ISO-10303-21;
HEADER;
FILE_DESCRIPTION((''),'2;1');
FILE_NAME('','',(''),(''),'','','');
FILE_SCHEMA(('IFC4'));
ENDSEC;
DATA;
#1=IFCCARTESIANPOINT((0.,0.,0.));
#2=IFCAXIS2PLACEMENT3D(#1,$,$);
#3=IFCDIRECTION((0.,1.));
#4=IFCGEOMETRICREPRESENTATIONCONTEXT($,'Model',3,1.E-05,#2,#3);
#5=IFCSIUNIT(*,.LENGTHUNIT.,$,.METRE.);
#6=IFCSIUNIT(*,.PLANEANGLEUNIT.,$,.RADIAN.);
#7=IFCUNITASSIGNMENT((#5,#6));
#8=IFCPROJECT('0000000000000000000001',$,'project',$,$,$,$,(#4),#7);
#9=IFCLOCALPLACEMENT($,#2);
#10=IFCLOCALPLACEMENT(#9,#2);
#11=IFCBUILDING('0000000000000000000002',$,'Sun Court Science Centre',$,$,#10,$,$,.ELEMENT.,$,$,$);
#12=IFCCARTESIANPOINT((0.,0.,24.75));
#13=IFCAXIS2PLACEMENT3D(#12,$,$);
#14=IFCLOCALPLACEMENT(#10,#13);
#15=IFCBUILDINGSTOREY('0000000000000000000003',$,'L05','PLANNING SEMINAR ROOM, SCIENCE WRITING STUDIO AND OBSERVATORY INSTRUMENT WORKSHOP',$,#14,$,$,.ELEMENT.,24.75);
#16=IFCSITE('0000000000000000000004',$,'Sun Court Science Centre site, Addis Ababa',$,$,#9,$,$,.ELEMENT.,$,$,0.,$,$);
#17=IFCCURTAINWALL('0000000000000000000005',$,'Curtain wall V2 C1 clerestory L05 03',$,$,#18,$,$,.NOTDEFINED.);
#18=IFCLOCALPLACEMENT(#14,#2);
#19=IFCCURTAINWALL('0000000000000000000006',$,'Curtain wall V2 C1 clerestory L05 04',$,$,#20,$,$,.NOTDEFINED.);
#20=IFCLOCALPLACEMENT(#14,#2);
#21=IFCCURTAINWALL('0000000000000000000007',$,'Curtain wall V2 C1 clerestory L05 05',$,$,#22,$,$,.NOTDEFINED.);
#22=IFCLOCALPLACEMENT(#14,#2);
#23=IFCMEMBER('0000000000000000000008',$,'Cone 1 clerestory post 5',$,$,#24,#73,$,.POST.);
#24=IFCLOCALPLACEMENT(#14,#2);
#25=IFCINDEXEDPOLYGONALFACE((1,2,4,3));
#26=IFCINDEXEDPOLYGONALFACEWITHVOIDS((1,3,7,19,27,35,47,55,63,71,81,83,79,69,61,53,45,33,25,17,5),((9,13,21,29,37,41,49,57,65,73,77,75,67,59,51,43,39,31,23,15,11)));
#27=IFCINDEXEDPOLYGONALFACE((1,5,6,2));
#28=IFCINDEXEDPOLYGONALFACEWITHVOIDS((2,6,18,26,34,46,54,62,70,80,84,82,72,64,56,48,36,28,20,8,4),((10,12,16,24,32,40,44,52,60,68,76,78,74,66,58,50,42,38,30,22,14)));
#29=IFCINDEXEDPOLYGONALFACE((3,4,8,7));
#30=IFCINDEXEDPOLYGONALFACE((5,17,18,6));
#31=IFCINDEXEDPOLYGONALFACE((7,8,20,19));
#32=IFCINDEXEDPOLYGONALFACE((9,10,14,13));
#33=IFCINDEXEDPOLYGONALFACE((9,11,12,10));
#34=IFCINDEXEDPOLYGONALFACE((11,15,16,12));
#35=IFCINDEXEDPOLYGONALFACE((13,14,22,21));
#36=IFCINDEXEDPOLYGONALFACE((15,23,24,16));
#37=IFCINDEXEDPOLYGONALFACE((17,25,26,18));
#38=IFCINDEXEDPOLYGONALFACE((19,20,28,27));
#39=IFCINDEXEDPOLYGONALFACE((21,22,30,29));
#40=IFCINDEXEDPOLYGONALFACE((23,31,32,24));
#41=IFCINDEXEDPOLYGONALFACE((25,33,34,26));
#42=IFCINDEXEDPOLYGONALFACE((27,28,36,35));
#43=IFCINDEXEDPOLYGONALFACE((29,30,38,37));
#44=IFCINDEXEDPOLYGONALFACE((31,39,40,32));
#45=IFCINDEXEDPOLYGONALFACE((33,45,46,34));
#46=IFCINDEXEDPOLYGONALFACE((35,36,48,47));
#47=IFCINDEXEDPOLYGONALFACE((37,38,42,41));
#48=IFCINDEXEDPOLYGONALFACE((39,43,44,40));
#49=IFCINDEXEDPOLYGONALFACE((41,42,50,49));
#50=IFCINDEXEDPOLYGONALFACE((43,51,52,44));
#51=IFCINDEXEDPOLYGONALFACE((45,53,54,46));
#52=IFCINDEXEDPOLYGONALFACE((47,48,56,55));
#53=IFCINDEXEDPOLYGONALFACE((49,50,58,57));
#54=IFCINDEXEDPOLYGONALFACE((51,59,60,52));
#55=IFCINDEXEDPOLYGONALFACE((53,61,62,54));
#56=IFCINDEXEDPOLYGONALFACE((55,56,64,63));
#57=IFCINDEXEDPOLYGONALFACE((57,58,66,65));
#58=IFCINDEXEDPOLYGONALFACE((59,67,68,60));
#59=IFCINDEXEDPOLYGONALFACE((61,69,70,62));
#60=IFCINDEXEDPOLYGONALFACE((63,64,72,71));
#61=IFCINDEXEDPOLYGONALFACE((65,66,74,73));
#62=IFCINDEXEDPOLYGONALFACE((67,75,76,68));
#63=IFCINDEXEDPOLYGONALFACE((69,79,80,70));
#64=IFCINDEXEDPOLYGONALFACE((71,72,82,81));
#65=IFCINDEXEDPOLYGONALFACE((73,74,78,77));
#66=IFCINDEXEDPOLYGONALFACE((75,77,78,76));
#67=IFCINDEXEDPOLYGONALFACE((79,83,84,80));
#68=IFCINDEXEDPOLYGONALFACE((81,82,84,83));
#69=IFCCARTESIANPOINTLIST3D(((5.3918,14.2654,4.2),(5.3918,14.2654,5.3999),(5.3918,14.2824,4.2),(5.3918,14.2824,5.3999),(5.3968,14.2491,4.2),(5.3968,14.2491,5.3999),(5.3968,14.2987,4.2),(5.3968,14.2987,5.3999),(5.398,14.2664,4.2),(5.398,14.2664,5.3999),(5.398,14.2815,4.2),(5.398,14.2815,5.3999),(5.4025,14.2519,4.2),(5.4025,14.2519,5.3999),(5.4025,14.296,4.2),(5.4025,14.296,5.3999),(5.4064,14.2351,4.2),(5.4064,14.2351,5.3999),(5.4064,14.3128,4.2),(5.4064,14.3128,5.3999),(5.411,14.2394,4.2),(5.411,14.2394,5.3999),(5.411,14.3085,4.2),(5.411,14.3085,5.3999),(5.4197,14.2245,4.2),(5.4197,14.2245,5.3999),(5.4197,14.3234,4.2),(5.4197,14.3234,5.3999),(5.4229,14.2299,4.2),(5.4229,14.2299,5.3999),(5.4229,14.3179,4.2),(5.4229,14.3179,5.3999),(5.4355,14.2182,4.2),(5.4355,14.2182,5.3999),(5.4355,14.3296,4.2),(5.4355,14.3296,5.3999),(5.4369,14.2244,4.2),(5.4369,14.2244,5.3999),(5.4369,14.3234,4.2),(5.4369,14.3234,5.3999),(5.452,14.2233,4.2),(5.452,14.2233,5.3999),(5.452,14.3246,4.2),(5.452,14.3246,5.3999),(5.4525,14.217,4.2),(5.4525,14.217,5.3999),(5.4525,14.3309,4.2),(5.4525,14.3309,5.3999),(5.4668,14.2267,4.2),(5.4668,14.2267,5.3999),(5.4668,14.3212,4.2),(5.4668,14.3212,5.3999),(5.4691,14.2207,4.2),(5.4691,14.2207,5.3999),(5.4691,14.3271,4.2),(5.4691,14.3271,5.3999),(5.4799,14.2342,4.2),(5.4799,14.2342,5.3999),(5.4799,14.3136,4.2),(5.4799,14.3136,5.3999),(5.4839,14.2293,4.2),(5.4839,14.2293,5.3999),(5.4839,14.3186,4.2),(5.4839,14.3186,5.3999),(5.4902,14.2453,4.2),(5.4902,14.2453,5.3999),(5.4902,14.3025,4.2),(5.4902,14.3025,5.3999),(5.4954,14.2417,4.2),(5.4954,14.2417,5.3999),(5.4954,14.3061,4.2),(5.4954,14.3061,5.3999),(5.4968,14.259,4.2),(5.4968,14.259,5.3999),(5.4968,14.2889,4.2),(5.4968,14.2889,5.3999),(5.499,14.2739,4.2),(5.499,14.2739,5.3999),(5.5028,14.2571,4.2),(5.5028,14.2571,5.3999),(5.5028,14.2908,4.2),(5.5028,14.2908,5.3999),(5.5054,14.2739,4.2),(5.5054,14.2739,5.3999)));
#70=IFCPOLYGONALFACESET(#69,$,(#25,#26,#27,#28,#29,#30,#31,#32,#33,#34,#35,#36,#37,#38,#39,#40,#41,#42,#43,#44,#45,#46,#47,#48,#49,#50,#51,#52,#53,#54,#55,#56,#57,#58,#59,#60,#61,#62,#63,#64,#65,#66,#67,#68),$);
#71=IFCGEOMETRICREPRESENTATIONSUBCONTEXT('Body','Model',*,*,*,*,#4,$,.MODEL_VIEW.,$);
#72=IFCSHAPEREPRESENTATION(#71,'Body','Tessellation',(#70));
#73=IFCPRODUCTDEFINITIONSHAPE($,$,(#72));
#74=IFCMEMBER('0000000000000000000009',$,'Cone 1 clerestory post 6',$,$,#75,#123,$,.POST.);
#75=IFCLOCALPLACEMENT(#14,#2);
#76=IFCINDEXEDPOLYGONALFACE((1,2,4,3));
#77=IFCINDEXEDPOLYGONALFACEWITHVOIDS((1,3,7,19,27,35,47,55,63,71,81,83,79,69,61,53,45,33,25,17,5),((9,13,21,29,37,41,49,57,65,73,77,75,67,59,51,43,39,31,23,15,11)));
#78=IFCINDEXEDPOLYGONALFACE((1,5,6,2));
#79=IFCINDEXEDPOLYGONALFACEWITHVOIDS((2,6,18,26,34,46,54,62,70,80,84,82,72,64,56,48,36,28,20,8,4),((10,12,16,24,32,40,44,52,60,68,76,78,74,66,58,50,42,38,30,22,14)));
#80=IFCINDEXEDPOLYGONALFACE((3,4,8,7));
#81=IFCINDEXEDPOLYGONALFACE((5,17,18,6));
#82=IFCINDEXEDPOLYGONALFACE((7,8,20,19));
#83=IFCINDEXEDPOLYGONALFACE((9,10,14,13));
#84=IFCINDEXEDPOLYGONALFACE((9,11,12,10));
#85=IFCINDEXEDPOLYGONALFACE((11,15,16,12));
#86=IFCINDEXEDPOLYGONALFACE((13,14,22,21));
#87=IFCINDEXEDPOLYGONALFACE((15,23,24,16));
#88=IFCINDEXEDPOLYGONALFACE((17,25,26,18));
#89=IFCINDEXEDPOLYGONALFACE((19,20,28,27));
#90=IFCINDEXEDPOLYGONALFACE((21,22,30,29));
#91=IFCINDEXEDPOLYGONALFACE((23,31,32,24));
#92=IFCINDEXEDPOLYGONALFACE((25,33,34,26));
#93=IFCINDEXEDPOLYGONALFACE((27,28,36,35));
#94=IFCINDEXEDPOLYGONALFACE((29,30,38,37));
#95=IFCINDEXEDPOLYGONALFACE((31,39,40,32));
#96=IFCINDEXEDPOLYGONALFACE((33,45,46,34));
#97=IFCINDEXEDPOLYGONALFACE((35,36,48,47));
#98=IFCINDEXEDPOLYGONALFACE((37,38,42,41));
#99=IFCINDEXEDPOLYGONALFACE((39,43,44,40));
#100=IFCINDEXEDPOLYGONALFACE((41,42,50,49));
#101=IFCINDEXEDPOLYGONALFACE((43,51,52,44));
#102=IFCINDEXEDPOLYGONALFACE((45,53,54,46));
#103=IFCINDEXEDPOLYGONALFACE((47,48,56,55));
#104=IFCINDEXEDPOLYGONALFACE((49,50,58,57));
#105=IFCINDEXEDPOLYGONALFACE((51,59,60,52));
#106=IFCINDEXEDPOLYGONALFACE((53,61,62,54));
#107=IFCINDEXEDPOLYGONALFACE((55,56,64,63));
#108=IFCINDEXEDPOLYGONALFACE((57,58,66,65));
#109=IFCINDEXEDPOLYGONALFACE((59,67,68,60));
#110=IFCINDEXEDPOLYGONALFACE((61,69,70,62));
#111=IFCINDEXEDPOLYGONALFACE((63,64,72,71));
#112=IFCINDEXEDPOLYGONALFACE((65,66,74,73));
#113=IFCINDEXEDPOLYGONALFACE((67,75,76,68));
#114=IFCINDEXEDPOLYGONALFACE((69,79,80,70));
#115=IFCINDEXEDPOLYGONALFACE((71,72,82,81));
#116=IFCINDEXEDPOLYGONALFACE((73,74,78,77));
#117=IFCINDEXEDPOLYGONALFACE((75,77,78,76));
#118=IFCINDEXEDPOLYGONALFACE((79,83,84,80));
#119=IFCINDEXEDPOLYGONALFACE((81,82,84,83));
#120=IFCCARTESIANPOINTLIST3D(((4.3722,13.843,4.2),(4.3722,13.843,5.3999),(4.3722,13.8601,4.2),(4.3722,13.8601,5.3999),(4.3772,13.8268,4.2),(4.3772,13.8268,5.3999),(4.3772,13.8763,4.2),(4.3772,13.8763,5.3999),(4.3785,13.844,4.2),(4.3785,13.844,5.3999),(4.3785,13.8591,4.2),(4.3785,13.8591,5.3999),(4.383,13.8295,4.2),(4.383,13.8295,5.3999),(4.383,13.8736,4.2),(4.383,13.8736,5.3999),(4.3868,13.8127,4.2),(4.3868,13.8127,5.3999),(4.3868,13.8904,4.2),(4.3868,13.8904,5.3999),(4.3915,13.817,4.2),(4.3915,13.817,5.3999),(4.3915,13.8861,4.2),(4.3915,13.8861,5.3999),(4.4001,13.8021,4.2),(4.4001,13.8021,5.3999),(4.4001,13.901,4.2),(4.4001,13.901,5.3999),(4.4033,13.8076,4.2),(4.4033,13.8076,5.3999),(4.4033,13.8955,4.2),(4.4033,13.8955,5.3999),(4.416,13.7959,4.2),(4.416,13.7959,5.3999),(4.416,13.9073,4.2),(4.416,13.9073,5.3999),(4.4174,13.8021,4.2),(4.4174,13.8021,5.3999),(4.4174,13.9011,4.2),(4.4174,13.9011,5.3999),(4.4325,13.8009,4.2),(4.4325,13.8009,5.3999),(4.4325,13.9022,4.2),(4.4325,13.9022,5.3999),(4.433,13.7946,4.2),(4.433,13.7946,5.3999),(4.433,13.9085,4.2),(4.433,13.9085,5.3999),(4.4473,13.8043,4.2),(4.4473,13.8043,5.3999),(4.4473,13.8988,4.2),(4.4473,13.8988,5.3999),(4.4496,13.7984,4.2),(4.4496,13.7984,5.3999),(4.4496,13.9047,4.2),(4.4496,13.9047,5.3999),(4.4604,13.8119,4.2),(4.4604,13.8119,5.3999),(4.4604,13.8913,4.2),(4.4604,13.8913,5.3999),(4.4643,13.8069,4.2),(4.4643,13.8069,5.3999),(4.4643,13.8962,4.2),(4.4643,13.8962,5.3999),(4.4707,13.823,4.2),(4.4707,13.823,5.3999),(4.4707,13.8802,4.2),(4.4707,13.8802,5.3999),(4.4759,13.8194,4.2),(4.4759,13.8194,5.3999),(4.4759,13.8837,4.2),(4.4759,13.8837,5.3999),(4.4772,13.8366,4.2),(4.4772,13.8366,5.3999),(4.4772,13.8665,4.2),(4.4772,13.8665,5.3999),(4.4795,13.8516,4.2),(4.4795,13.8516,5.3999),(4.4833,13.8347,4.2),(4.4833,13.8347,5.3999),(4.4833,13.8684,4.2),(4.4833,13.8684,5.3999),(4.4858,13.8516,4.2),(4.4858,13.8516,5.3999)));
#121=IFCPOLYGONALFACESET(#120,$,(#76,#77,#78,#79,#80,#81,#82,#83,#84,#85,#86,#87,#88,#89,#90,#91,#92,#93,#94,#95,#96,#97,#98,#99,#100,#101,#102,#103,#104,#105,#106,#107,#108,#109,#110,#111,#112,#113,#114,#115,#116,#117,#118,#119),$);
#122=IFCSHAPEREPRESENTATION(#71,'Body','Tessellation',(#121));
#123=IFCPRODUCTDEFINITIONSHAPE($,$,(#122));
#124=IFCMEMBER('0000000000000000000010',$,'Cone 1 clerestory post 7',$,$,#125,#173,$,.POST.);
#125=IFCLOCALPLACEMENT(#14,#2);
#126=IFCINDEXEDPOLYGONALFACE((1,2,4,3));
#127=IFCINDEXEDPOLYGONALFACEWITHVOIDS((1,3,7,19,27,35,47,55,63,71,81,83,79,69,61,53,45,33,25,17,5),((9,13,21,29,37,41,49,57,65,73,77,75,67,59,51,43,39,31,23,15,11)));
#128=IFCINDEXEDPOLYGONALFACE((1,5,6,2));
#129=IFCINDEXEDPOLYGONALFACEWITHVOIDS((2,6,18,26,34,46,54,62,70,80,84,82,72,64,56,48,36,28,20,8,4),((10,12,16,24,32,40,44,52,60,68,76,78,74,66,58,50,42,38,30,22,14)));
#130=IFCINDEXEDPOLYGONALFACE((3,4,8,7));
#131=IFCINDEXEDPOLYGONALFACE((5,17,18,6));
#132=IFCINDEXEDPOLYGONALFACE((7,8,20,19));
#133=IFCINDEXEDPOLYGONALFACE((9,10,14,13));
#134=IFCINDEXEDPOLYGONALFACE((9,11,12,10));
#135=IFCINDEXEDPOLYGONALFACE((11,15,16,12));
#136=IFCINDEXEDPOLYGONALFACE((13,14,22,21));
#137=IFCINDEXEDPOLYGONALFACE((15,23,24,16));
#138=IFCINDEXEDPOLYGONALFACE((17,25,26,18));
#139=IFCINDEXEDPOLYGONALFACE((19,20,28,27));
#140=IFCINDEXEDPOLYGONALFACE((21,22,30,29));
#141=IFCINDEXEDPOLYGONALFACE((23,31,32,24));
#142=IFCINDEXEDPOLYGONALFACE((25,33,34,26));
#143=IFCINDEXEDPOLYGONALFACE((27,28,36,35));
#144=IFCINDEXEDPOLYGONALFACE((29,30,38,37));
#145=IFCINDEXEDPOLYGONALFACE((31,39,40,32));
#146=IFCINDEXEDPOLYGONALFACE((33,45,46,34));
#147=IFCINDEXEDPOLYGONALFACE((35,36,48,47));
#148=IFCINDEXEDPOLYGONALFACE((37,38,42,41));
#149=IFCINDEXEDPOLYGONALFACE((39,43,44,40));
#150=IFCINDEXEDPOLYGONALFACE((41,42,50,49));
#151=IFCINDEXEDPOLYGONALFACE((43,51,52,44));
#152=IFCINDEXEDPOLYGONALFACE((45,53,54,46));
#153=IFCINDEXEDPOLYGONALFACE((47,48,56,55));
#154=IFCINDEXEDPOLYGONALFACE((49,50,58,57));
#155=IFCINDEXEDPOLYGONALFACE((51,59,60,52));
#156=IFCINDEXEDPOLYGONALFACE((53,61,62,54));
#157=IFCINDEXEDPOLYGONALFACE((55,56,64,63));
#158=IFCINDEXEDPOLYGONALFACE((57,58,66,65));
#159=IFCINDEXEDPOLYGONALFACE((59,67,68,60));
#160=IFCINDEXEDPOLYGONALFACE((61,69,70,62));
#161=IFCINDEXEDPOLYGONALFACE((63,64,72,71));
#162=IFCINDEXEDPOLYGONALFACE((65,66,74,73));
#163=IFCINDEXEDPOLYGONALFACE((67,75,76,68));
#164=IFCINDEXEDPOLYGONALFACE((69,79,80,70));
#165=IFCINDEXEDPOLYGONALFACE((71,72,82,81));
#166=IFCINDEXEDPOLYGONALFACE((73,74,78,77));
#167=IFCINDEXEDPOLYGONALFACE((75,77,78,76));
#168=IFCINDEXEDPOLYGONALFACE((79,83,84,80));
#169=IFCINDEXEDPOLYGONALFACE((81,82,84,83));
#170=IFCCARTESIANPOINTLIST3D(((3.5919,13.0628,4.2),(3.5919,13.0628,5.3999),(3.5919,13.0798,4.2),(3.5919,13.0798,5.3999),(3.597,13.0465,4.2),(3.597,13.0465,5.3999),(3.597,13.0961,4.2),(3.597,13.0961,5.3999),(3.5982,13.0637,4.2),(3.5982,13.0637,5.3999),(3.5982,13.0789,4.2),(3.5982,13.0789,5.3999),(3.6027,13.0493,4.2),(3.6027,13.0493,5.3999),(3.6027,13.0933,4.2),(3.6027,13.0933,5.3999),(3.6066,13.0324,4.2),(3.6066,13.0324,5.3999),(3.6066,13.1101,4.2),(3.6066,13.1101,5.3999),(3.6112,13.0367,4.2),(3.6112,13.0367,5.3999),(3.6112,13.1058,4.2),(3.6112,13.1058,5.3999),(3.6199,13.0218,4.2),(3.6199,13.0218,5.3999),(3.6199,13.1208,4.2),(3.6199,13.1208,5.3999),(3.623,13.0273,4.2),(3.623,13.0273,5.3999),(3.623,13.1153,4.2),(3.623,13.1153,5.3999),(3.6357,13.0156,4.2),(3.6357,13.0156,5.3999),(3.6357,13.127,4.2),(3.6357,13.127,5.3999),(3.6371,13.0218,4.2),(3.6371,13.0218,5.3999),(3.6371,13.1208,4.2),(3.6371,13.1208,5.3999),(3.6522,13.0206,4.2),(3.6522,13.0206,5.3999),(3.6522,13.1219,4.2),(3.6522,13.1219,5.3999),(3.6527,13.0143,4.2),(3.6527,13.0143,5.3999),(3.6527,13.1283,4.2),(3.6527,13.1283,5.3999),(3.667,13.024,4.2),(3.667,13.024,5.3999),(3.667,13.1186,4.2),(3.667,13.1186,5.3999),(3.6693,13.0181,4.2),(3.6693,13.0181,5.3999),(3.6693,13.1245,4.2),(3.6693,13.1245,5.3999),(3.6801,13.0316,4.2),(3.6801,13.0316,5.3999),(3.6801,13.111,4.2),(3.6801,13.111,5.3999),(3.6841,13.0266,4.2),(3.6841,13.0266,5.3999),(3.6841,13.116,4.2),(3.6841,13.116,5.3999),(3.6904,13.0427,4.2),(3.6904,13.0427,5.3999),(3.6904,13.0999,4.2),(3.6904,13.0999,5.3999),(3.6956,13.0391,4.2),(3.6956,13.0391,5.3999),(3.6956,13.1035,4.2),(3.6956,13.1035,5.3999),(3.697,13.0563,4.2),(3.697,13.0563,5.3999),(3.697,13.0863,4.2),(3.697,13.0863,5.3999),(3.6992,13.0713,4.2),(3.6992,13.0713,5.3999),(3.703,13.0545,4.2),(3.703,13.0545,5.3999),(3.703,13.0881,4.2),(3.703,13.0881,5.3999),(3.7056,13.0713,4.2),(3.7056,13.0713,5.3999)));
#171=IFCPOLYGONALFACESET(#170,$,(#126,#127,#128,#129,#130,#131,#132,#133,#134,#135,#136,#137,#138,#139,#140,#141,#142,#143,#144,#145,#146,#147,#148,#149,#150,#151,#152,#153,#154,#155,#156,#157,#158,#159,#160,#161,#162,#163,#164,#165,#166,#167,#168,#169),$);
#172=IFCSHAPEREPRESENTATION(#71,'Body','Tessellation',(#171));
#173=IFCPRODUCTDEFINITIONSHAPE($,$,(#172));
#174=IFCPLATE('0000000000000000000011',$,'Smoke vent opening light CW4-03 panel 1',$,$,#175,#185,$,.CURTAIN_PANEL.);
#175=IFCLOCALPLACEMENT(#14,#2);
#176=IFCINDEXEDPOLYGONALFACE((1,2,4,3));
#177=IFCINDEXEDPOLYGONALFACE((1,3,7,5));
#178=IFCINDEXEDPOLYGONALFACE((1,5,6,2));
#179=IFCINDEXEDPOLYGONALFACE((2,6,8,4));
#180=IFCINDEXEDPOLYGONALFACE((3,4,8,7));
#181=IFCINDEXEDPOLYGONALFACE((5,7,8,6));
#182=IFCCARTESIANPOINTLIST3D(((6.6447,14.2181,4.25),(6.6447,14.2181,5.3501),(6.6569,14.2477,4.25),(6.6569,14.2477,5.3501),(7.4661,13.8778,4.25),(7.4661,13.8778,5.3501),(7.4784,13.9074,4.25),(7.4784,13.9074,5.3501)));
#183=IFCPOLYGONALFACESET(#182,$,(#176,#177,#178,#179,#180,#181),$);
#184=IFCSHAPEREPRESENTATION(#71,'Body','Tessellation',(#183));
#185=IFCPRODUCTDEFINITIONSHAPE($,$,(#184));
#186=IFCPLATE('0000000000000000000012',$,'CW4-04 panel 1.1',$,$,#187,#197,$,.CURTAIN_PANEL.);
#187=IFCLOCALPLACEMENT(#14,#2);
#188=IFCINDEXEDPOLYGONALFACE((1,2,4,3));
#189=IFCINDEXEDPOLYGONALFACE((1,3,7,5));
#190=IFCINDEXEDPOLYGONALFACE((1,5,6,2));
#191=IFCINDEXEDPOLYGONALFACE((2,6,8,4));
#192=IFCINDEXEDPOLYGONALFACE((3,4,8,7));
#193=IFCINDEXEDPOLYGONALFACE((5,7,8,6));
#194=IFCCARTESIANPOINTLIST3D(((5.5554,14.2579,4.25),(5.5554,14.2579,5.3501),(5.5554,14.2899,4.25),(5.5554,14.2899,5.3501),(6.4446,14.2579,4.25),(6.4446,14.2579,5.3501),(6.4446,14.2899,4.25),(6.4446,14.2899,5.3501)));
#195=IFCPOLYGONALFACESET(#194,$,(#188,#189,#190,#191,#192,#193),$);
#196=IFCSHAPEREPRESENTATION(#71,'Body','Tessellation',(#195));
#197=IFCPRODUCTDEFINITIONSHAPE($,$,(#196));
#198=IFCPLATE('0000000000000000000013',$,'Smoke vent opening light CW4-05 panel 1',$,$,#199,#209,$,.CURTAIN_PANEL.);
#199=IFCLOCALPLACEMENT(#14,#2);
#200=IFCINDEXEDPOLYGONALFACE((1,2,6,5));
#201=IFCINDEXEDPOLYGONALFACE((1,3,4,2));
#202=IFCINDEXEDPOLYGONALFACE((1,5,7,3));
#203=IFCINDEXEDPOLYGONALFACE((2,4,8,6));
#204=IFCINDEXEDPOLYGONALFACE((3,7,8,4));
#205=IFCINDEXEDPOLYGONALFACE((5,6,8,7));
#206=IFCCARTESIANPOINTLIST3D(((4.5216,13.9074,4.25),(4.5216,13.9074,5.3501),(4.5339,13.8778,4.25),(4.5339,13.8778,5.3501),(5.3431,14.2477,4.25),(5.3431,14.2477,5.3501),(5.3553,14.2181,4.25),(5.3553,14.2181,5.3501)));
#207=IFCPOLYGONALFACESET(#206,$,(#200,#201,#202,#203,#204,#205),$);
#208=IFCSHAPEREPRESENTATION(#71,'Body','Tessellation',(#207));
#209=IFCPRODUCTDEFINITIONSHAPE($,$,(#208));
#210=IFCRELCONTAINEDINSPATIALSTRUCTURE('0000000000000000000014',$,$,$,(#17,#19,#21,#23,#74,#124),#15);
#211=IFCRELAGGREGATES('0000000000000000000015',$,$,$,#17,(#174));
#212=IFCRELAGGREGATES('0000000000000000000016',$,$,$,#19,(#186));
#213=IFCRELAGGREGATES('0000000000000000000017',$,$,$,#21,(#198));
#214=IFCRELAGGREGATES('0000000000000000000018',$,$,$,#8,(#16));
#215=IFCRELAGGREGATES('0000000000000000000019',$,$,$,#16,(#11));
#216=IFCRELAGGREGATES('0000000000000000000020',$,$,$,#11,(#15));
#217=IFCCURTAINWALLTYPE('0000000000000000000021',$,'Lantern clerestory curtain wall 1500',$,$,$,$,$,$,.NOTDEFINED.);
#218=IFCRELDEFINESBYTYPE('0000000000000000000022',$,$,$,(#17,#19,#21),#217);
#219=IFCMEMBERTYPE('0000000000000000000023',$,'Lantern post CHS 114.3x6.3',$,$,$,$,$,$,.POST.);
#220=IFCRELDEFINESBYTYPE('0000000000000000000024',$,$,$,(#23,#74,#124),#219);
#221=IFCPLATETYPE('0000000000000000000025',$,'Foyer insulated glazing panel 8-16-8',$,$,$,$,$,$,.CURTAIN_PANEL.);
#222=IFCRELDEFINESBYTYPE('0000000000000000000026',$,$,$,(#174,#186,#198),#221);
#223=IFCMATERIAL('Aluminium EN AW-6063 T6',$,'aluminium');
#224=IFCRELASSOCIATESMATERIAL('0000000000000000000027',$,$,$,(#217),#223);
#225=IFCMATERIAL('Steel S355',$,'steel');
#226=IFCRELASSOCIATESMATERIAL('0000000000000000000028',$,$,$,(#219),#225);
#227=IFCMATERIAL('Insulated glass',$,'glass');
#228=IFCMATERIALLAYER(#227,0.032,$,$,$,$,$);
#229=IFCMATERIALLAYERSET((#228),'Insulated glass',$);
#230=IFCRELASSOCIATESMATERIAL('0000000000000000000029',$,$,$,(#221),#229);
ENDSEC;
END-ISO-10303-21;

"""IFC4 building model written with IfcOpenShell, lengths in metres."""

from ifc_helpers import new_model, si_unit, direction, frame, origin, origin_2d, place, context, subcontext, project, spatial, rectangle, hollow_circle, extrude, material, layer, layer_set, material_profile, profile_set, type_object, element, aggregate, save


model = new_model("IFC4")

# Units and contexts
model_context = context("Model", 3, precision=1e-05, world=origin(), true_north=direction((0.0, 1.0)))
body_context = subcontext(model_context, "Body", "Model", "MODEL_VIEW")
ifc_project = project(units=[si_unit("LENGTHUNIT", "METRE"), si_unit("PLANEANGLEUNIT", "RADIAN")], contexts=[model_context])

# Site, building, storey
site_placement = place(None, origin())
site = spatial("IfcSite", under=ifc_project, at=site_placement, Name="Sun Court Science Centre site, Addis Ababa", CompositionType="ELEMENT", RefElevation=0.0)
building_placement = place(site_placement, origin())
building = spatial("IfcBuilding", under=site, at=building_placement, Name="Sun Court Science Centre", CompositionType="ELEMENT")
storey_placement = place(building_placement, frame((0.0, 0.0, 24.75)))
storey = spatial("IfcBuildingStorey", under=building, at=storey_placement, Name="L05", Description="PLANNING SEMINAR ROOM, SCIENCE WRITING STUDIO AND OBSERVATORY INSTRUMENT WORKSHOP", CompositionType="ELEMENT", Elevation=24.75)

# Shared definitions
ifc_material_1 = material(Name="Aluminium EN AW-6063 T6", Category="aluminium")
curtain_wall_type = type_object("IfcCurtainWallType", Name="Lantern clerestory curtain wall 1500", PredefinedType="NOTDEFINED", material=ifc_material_1)

# Curtain walls
curtain_wall_1_placement = place(storey_placement, origin())
curtain_wall_1 = element("IfcCurtainWall", 1, at=curtain_wall_1_placement, inside=storey, type_object=curtain_wall_type, Name="Curtain wall V2 C1 clerestory L05 03", PredefinedType="NOTDEFINED")
curtain_wall_2_placement = place(storey_placement, origin())
curtain_wall_2 = element("IfcCurtainWall", 2, at=curtain_wall_2_placement, inside=storey, type_object=curtain_wall_type, Name="Curtain wall V2 C1 clerestory L05 04", PredefinedType="NOTDEFINED")
curtain_wall_3_placement = place(storey_placement, origin())
curtain_wall_3 = element("IfcCurtainWall", 3, at=curtain_wall_3_placement, inside=storey, type_object=curtain_wall_type, Name="Curtain wall V2 C1 clerestory L05 05", PredefinedType="NOTDEFINED")

# Members
ifc_material_2 = material(Name="Steel S355", Category="steel")
ifc_material_profile_1 = material_profile(ifc_material_2, hollow_circle(Radius=0.0571, WallThickness=0.0063, at=origin_2d()), Name="CHS 114.3x6.3")
ifc_profile_set_1 = profile_set([ifc_material_profile_1], Name="Steel S355")
member_type_1 = type_object("IfcMemberType", Name="Lantern post CHS 114.3x6.3", PredefinedType="POST", material=ifc_profile_set_1)
for number, where, z_axis, x_axis, name in (
    (4, (5.4482, 14.2739, 4.2), (0.0, 0.0, 1.0), (1.0, 0.0, 0.0), "Cone 1 clerestory post 5"),
    (5, (4.4287, 13.8516, 4.2), (0.0, 0.0, 1.0), (1.0, 0.0, 0.0), "Cone 1 clerestory post 6"),
    (6, (3.6484, 13.0713, 4.2), (0.0, 0.0, 1.0), (1.0, 0.0, 0.0), "Cone 1 clerestory post 7"),
):
    element("IfcMember", number, at=place(storey_placement, frame(where, z_axis=z_axis, x_axis=x_axis)), inside=storey, type_object=member_type_1, Name=name, PredefinedType="POST", context=body_context, shape_type="SweptSolid", body=[
        extrude(hollow_circle(Radius=0.0571, WallThickness=0.0063, at=origin_2d()), origin(), (0.0, 0.0, 1.0), 1.2),
    ])

# Plates
ifc_material_3 = material(Name="Insulated glass", Category="glass")
ifc_layer = layer(ifc_material_3, 0.032)
ifc_layer_set = layer_set([ifc_layer], Name="Insulated glass")
plate_type = type_object("IfcPlateType", Name="Foyer insulated glazing panel 8-16-8", PredefinedType="CURTAIN_PANEL", material=ifc_layer_set)
plate_1_placement = place(storey_placement, frame((7.0615, 14.0627, 4.25), z_axis=(0.0, 0.0, 1.0), x_axis=(0.92388, -0.382683, 0.0)))
plate_1 = element("IfcPlate", 7, at=plate_1_placement, type_object=plate_type, Name="Smoke vent opening light CW4-03 panel 1", PredefinedType="CURTAIN_PANEL", context=body_context, shape_type="SweptSolid", body=[
    extrude(rectangle(XDim=0.8892, YDim=0.032, at=origin_2d()), origin(), (0.0, 0.0, 1.0), 1.1001),
])
aggregate(curtain_wall_1, [plate_1])
plate_2_placement = place(storey_placement, frame((6.0, 14.2739, 4.25), z_axis=(0.0, 0.0, 1.0), x_axis=(1.0, 0.0, 0.0)))
plate_2 = element("IfcPlate", 8, at=plate_2_placement, type_object=plate_type, Name="CW4-04 panel 1.1", PredefinedType="CURTAIN_PANEL", context=body_context, shape_type="SweptSolid", body=[
    extrude(rectangle(XDim=0.8892, YDim=0.032, at=origin_2d()), origin(), (0.0, 0.0, 1.0), 1.1001),
])
aggregate(curtain_wall_2, [plate_2])
plate_3_placement = place(storey_placement, frame((4.9385, 14.0627, 4.25), z_axis=(0.0, 0.0, 1.0), x_axis=(0.92388, 0.382683, 0.0)))
plate_3 = element("IfcPlate", 9, at=plate_3_placement, type_object=plate_type, Name="Smoke vent opening light CW4-05 panel 1", PredefinedType="CURTAIN_PANEL", context=body_context, shape_type="SweptSolid", body=[
    extrude(rectangle(XDim=0.8892, YDim=0.032, at=origin_2d()), origin(), (0.0, 0.0, 1.0), 1.1001),
])
aggregate(curtain_wall_3, [plate_3])

save(model, "model.ifc")
